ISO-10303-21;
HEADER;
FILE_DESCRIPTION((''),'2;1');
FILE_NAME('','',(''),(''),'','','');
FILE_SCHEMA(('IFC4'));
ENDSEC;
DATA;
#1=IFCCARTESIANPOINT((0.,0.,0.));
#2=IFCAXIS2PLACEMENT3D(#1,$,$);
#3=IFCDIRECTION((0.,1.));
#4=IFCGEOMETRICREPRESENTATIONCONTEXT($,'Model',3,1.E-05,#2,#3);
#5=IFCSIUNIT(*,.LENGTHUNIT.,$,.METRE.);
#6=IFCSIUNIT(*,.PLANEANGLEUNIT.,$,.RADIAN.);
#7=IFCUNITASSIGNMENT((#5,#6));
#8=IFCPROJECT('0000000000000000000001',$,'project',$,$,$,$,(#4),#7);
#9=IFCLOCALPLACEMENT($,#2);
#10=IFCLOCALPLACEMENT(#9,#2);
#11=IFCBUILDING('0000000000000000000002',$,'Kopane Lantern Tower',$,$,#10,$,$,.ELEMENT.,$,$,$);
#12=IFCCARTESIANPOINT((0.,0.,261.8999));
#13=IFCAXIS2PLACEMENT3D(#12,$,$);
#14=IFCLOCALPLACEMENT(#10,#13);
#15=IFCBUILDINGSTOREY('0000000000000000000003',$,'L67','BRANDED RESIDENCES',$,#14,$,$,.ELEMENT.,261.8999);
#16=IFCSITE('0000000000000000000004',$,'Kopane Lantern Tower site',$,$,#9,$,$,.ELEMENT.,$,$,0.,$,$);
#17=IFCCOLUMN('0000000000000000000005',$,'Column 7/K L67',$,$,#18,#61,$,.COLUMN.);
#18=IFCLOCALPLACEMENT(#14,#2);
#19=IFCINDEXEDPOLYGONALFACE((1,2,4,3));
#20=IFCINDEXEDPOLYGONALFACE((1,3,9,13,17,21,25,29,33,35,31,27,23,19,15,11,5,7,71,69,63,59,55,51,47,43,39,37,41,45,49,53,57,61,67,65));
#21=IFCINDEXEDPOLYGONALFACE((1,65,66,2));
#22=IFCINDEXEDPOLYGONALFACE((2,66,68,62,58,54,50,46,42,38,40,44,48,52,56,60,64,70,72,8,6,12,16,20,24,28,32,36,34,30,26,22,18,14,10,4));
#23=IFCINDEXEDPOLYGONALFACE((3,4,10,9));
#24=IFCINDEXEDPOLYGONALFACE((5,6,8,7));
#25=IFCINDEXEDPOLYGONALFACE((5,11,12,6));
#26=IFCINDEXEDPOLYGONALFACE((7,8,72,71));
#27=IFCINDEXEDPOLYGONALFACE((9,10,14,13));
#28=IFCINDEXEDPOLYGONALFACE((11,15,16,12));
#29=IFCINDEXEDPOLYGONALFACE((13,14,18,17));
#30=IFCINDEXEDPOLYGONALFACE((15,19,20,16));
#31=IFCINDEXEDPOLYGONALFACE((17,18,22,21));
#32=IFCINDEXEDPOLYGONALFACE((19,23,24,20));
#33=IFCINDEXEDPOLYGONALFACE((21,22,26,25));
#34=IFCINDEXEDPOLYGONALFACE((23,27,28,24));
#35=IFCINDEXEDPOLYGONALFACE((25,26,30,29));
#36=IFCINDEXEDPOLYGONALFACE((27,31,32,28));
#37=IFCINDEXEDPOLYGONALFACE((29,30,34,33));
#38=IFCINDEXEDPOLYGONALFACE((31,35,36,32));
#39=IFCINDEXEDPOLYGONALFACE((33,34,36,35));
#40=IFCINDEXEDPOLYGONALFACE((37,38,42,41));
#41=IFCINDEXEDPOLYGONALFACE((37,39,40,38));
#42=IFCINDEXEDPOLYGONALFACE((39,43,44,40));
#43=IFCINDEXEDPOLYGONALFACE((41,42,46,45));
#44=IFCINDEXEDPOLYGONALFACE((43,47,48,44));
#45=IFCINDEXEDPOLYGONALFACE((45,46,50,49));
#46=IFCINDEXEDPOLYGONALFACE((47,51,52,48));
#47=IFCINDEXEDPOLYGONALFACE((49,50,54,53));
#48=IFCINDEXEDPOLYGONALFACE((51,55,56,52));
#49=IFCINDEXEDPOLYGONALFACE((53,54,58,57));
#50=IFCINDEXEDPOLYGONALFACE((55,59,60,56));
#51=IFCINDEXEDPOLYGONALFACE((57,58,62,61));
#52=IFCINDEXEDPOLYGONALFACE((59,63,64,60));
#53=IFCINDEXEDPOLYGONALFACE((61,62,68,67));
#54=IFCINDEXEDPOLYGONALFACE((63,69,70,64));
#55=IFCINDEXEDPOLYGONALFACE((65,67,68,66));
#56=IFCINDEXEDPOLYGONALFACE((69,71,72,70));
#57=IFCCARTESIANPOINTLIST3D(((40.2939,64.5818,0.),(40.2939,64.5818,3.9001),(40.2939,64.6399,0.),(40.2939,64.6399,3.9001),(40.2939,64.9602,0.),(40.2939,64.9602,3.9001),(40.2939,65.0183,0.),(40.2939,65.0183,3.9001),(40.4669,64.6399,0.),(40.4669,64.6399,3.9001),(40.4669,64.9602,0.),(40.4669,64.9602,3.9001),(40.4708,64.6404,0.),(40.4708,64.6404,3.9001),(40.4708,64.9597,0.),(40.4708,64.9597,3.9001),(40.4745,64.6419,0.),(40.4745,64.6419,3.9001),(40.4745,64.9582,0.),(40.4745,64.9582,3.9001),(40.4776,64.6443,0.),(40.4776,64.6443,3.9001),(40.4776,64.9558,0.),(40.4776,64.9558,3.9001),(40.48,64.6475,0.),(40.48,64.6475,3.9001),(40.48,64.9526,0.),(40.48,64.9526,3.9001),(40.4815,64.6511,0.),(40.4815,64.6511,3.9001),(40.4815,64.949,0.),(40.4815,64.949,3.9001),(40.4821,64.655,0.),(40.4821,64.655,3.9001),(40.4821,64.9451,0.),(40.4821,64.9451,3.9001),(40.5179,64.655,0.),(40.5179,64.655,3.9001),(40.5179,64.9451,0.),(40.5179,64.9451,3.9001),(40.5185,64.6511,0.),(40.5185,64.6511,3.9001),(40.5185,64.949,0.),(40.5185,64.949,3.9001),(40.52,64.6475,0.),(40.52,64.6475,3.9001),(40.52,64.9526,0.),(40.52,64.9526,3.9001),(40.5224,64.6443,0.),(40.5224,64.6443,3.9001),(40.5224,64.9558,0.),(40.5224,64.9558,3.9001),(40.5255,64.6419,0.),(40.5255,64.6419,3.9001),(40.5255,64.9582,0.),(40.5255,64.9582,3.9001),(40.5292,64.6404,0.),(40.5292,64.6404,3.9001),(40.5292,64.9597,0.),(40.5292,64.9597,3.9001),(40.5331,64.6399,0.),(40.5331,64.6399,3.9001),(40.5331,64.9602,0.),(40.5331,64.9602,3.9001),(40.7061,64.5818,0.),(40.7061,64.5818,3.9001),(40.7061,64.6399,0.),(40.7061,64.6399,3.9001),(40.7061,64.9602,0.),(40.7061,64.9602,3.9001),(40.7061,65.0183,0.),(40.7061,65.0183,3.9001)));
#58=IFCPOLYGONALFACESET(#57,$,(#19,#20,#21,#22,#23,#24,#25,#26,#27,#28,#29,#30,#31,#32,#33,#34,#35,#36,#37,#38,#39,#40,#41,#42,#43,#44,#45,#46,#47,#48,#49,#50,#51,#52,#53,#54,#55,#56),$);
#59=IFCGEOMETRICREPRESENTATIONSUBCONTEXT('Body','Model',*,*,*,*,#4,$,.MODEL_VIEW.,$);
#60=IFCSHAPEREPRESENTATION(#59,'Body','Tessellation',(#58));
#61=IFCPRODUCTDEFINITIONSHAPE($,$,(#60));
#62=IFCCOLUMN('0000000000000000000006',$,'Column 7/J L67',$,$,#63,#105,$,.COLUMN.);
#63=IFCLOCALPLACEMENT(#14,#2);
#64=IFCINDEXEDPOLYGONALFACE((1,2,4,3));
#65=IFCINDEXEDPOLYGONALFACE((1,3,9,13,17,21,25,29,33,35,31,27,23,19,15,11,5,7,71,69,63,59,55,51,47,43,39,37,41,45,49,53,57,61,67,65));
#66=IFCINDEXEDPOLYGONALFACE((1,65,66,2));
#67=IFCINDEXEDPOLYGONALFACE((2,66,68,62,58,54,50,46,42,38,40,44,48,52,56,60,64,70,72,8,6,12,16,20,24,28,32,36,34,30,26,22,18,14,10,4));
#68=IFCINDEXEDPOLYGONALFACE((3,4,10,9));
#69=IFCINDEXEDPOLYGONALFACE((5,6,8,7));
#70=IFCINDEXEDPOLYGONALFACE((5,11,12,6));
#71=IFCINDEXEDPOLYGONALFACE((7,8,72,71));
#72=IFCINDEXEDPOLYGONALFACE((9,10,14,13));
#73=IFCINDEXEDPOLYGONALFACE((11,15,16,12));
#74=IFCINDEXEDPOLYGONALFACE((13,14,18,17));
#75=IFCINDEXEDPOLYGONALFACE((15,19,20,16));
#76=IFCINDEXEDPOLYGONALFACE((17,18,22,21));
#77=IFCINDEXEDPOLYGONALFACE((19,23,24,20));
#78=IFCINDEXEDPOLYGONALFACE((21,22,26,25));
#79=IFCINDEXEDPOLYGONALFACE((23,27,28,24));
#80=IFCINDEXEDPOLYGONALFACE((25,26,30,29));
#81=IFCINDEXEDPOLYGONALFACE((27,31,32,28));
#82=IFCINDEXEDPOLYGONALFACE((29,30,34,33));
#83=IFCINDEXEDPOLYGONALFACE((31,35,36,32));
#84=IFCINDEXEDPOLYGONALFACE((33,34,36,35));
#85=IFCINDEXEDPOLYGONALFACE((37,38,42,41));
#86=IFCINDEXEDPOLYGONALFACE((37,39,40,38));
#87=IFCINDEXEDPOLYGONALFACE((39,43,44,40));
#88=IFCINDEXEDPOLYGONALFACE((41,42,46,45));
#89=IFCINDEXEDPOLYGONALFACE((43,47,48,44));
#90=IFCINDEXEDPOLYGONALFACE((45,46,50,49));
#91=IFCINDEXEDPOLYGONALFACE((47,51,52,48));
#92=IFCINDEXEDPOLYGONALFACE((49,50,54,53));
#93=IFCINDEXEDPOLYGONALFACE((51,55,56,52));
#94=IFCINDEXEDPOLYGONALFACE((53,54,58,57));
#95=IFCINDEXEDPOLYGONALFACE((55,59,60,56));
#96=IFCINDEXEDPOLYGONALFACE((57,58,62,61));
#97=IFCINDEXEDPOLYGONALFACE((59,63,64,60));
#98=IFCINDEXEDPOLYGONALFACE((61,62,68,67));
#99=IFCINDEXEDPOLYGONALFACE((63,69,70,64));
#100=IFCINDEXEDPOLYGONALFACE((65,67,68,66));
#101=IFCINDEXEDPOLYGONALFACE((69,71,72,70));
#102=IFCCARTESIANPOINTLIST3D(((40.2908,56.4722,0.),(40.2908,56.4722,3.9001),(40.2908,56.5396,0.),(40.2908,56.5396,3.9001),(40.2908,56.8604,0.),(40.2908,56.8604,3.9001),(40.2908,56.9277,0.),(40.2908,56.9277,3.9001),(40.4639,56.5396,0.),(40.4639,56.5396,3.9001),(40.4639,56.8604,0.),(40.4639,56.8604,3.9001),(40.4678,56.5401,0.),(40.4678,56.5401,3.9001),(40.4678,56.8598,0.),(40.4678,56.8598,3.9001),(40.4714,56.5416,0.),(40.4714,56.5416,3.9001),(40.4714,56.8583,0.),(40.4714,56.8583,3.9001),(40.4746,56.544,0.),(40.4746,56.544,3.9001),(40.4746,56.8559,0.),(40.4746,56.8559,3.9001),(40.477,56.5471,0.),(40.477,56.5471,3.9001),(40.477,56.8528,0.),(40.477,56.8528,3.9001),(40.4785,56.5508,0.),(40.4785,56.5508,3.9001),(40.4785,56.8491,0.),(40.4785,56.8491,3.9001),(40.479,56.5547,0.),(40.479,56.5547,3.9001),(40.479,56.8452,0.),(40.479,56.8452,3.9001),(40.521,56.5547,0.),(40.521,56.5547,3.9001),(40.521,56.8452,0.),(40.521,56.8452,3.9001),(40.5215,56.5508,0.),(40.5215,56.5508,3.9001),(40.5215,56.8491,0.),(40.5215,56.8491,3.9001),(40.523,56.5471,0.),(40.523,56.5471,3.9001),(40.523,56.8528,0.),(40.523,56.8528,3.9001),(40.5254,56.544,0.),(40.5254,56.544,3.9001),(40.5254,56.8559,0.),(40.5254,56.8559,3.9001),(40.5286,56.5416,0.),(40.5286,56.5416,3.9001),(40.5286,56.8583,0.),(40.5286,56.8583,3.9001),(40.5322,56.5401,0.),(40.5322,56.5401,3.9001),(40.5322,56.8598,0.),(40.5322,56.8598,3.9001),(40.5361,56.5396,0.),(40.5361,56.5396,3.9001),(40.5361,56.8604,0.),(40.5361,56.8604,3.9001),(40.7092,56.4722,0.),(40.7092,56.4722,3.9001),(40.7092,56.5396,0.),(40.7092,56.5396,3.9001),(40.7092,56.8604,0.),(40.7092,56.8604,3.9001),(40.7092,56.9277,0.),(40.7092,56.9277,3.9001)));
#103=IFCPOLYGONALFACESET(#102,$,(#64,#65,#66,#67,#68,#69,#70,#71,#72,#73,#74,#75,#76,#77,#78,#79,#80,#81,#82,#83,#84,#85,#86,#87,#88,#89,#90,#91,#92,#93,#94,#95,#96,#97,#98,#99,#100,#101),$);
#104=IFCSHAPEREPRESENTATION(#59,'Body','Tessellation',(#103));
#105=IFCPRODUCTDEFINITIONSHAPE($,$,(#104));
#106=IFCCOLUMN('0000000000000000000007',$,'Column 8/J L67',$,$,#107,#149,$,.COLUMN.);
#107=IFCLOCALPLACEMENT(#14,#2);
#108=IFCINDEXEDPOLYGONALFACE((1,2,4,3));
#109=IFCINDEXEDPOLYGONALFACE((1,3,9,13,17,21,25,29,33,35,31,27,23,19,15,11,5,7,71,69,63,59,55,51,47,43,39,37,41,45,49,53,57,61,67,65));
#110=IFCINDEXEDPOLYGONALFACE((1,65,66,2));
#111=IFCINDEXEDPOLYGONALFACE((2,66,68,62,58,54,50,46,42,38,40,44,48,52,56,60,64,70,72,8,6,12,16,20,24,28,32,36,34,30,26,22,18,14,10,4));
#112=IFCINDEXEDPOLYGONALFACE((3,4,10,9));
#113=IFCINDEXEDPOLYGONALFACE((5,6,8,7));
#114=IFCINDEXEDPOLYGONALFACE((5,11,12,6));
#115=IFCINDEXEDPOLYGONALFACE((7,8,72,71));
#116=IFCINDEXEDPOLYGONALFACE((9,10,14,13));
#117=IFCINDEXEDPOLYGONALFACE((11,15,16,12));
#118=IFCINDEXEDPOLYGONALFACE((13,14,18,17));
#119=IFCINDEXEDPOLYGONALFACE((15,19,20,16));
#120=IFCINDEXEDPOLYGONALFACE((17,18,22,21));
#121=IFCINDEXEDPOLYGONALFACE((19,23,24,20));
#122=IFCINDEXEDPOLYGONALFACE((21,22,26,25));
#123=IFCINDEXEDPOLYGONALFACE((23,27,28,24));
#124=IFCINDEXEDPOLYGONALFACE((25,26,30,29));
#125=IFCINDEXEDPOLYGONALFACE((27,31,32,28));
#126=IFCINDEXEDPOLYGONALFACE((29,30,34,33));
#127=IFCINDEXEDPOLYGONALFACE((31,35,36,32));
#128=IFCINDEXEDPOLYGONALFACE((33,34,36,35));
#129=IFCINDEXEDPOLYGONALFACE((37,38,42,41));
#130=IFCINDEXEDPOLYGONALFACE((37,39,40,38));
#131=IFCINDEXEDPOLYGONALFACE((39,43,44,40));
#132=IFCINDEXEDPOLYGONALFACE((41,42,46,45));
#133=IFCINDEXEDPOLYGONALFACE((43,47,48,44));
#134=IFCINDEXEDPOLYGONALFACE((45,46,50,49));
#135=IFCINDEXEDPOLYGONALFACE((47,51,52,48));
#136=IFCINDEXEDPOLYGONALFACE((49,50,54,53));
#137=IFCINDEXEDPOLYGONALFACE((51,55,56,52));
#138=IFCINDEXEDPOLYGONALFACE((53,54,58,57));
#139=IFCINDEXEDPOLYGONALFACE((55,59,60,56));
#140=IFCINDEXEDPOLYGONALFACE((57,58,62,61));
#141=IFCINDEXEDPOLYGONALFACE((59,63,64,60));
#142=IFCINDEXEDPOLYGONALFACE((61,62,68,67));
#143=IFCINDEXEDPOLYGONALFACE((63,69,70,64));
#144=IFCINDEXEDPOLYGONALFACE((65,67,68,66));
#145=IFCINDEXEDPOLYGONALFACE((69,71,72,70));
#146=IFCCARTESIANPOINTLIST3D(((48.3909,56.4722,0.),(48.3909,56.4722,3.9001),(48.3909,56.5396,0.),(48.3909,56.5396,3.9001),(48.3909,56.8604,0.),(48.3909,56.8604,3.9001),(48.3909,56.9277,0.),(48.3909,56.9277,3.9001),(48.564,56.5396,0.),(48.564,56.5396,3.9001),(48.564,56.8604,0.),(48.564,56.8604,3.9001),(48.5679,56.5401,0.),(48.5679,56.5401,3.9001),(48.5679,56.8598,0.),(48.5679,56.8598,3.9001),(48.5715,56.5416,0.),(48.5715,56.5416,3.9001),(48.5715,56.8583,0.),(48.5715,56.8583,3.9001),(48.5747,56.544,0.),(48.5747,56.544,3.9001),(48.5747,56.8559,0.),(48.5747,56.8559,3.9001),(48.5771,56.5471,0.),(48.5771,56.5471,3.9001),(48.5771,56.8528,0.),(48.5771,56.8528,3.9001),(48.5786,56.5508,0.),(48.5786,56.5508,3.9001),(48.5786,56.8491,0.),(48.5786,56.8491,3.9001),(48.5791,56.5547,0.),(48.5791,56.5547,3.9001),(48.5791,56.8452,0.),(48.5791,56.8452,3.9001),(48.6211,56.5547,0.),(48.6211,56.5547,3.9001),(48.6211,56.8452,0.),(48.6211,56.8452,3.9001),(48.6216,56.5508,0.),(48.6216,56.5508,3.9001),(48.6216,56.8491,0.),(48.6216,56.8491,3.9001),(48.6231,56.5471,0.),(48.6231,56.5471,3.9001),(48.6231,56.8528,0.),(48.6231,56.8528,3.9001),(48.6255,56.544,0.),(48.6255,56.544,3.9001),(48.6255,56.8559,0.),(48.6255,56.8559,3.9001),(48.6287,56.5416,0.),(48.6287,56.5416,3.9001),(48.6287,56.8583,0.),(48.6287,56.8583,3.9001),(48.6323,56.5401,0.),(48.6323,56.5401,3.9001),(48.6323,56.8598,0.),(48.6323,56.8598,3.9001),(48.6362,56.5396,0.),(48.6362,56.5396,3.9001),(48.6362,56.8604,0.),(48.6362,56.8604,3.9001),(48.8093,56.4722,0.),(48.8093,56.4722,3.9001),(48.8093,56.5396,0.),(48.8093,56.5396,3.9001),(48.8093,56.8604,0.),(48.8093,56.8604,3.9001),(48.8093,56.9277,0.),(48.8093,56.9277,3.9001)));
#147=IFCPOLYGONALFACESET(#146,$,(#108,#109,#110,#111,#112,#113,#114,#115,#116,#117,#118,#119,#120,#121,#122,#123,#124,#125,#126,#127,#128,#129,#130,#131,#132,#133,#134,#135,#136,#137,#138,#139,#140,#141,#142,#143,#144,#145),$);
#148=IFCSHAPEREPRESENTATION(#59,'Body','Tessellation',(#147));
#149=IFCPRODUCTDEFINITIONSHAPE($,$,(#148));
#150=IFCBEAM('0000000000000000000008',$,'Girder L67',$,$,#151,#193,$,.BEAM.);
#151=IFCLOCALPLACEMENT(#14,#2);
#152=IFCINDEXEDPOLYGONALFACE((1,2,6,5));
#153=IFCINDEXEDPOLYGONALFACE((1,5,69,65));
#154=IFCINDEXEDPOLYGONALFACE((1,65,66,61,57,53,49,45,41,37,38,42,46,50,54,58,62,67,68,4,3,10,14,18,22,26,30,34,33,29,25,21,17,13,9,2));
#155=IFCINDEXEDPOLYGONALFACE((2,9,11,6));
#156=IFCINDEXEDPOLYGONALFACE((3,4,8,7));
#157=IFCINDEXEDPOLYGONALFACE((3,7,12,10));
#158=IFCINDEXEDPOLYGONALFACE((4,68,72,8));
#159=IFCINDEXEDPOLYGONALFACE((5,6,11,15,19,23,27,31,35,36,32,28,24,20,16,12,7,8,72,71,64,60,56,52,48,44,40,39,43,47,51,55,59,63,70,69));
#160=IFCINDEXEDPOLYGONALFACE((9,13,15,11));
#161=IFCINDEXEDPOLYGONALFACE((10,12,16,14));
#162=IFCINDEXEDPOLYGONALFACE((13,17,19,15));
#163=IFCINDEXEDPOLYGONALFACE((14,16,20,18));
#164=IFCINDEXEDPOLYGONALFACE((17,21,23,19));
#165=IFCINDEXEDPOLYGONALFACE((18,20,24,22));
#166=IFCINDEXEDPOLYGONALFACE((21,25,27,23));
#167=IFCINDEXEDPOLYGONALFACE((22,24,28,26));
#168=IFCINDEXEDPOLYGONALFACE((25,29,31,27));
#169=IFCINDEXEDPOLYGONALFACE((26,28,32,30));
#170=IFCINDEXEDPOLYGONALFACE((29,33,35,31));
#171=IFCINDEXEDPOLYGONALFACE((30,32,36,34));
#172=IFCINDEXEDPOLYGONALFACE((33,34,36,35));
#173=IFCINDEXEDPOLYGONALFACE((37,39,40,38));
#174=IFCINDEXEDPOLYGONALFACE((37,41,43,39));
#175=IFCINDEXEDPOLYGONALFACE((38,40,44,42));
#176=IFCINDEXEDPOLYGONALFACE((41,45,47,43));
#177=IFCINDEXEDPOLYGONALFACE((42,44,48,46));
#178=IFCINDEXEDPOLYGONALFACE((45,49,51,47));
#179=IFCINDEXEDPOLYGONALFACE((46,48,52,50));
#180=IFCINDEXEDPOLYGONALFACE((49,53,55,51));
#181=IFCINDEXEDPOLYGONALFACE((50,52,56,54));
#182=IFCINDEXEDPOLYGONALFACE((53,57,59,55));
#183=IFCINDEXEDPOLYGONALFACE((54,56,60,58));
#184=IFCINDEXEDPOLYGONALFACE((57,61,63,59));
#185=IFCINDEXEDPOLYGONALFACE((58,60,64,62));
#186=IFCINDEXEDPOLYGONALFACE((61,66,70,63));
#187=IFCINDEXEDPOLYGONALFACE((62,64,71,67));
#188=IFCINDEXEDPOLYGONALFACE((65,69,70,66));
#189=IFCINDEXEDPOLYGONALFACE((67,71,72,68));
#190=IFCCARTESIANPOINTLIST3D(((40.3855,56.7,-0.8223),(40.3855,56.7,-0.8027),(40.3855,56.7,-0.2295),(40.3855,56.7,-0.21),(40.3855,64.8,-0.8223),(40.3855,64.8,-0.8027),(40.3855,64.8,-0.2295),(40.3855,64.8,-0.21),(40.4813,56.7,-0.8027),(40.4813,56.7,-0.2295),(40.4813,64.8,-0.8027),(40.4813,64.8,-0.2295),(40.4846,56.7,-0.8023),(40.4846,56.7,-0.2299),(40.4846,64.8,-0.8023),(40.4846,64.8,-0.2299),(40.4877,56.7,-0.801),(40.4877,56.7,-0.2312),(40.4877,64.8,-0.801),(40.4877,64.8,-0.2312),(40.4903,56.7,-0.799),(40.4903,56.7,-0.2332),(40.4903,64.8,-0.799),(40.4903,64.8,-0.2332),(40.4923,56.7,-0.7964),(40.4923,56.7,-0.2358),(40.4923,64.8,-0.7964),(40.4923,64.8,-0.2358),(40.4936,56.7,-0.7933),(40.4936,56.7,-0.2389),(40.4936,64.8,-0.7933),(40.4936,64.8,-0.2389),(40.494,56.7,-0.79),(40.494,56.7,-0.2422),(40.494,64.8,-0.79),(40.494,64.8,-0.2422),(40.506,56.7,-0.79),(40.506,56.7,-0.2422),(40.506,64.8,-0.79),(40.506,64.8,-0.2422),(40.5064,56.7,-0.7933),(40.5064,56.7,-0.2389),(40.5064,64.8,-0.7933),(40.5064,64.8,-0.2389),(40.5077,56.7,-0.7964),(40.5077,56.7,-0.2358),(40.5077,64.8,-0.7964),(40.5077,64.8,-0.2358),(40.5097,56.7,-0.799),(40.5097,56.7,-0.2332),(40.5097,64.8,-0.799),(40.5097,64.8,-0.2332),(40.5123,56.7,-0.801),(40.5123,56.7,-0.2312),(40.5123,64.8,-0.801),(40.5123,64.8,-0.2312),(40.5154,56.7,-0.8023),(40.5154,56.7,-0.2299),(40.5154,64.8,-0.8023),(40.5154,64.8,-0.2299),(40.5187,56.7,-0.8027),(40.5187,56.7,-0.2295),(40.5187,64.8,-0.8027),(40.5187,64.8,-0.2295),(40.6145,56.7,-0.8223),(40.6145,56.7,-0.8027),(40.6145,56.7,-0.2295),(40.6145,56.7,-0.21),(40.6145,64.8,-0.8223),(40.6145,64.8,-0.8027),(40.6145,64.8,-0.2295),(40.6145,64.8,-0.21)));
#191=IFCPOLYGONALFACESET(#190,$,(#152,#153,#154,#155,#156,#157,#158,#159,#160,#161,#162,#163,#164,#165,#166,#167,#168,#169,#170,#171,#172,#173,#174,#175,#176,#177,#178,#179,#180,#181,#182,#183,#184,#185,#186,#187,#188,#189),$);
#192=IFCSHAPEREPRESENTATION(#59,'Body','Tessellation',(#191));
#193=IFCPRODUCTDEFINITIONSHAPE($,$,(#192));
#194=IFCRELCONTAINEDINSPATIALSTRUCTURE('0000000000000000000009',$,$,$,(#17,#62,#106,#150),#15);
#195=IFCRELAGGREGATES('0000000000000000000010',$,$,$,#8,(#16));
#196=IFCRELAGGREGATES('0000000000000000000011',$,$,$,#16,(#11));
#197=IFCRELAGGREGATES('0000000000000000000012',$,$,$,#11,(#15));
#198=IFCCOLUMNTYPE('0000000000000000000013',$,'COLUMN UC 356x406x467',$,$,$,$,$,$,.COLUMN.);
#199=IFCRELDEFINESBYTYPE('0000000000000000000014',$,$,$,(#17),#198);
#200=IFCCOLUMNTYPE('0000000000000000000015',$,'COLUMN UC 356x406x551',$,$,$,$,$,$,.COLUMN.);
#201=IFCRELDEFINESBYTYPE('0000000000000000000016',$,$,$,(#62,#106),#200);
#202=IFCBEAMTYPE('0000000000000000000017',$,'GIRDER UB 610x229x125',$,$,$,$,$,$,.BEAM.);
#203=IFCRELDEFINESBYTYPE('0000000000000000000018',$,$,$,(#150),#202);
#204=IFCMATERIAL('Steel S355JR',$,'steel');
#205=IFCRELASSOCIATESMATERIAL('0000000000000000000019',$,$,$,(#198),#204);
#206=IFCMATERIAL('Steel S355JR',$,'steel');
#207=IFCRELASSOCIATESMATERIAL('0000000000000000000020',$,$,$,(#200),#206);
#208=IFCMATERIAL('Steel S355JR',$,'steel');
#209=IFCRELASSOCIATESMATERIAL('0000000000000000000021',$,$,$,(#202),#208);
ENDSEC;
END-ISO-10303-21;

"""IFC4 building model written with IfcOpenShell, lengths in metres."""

from ifc_helpers import new_model, si_unit, direction, frame, origin, origin_2d, place, context, subcontext, project, spatial, i_section, extrude, material, material_profile, profile_set, type_object, element, save


model = new_model("IFC4")

# Units and contexts
model_context = context("Model", 3, precision=1e-05, world=origin(), true_north=direction((0.0, 1.0)))
body_context = subcontext(model_context, "Body", "Model", "MODEL_VIEW")
ifc_project = project(units=[si_unit("LENGTHUNIT", "METRE"), si_unit("PLANEANGLEUNIT", "RADIAN")], contexts=[model_context])

# Site, building, storey
site_placement = place(None, origin())
site = spatial("IfcSite", under=ifc_project, at=site_placement, Name="Kopane Lantern Tower site", CompositionType="ELEMENT", RefElevation=0.0)
building_placement = place(site_placement, origin())
building = spatial("IfcBuilding", under=site, at=building_placement, Name="Kopane Lantern Tower", CompositionType="ELEMENT")
storey_placement = place(building_placement, frame((0.0, 0.0, 261.8999)))
storey = spatial("IfcBuildingStorey", under=building, at=storey_placement, Name="L67", Description="BRANDED RESIDENCES", CompositionType="ELEMENT", Elevation=261.8999)

# Columns
ifc_material_1 = material(Name="Steel S355JR", Category="steel")
ifc_material_profile_1 = material_profile(ifc_material_1, i_section(OverallWidth=0.4121, OverallDepth=0.4365, WebThickness=0.0359, FlangeThickness=0.0581, FilletRadius=0.0151, at=origin_2d()), Name="UC 356x406x467")
ifc_profile_set_1 = profile_set([ifc_material_profile_1], Name="Steel S355JR")
column_type_1 = type_object("IfcColumnType", Name="COLUMN UC 356x406x467", PredefinedType="COLUMN", material=ifc_profile_set_1)
column_placement = place(storey_placement, frame((40.5, 64.8, 0.0), z_axis=(0.0, 0.0, 1.0), x_axis=(1.0, 0.0, 0.0)))
element("IfcColumn", 1, at=column_placement, inside=storey, type_object=column_type_1, Name="Column 7/K L67", PredefinedType="COLUMN", context=body_context, shape_type="SweptSolid", body=[
    extrude(i_section(OverallWidth=0.4121, OverallDepth=0.4365, WebThickness=0.0359, FlangeThickness=0.0581, FilletRadius=0.0151, at=origin_2d()), origin(), (0.0, 0.0, 1.0), 3.9001),
])
ifc_material_2 = material(Name="Steel S355JR", Category="steel")
ifc_material_profile_2 = material_profile(ifc_material_2, i_section(OverallWidth=0.4185, OverallDepth=0.4556, WebThickness=0.042, FlangeThickness=0.0674, FilletRadius=0.0151, at=origin_2d()), Name="UC 356x406x551")
ifc_profile_set_2 = profile_set([ifc_material_profile_2], Name="Steel S355JR")
column_type_2 = type_object("IfcColumnType", Name="COLUMN UC 356x406x551", PredefinedType="COLUMN", material=ifc_profile_set_2)
for number, where, z_axis, x_axis, name in (
    (2, (40.5, 56.7, 0.0), (0.0, 0.0, 1.0), (1.0, 0.0, 0.0), "Column 7/J L67"),
    (3, (48.6001, 56.7, 0.0), (0.0, 0.0, 1.0), (1.0, 0.0, 0.0), "Column 8/J L67"),
):
    element("IfcColumn", number, at=place(storey_placement, frame(where, z_axis=z_axis, x_axis=x_axis)), inside=storey, type_object=column_type_2, Name=name, PredefinedType="COLUMN", context=body_context, shape_type="SweptSolid", body=[
        extrude(i_section(OverallWidth=0.4185, OverallDepth=0.4556, WebThickness=0.042, FlangeThickness=0.0674, FilletRadius=0.0151, at=origin_2d()), origin(), (0.0, 0.0, 1.0), 3.9001),
    ])

# Beam
ifc_material_3 = material(Name="Steel S355JR", Category="steel")
ifc_material_profile_3 = material_profile(ifc_material_3, i_section(OverallWidth=0.229, OverallDepth=0.6123, WebThickness=0.012, FlangeThickness=0.0195, FilletRadius=0.0127, at=origin_2d()), Name="UB 610x229x125")
ifc_profile_set_3 = profile_set([ifc_material_profile_3], Name="Steel S355JR")
beam_type = type_object("IfcBeamType", Name="GIRDER UB 610x229x125", PredefinedType="BEAM", material=ifc_profile_set_3)
for number, where, z_axis, x_axis, name in (
    (4, (40.5, 56.7, -0.5161), (0.0, 1.0, 0.0), (-1.0, 0.0, 0.0), "Girder L67"),
):
    element("IfcBeam", number, at=place(storey_placement, frame(where, z_axis=z_axis, x_axis=x_axis)), inside=storey, type_object=beam_type, Name=name, PredefinedType="BEAM", context=body_context, shape_type="SweptSolid", body=[
        extrude(i_section(OverallWidth=0.229, OverallDepth=0.6123, WebThickness=0.012, FlangeThickness=0.0195, FilletRadius=0.0127, at=origin_2d()), origin(), (0.0, 0.0, 1.0), 8.1001),
    ])

save(model, "model.ifc")
